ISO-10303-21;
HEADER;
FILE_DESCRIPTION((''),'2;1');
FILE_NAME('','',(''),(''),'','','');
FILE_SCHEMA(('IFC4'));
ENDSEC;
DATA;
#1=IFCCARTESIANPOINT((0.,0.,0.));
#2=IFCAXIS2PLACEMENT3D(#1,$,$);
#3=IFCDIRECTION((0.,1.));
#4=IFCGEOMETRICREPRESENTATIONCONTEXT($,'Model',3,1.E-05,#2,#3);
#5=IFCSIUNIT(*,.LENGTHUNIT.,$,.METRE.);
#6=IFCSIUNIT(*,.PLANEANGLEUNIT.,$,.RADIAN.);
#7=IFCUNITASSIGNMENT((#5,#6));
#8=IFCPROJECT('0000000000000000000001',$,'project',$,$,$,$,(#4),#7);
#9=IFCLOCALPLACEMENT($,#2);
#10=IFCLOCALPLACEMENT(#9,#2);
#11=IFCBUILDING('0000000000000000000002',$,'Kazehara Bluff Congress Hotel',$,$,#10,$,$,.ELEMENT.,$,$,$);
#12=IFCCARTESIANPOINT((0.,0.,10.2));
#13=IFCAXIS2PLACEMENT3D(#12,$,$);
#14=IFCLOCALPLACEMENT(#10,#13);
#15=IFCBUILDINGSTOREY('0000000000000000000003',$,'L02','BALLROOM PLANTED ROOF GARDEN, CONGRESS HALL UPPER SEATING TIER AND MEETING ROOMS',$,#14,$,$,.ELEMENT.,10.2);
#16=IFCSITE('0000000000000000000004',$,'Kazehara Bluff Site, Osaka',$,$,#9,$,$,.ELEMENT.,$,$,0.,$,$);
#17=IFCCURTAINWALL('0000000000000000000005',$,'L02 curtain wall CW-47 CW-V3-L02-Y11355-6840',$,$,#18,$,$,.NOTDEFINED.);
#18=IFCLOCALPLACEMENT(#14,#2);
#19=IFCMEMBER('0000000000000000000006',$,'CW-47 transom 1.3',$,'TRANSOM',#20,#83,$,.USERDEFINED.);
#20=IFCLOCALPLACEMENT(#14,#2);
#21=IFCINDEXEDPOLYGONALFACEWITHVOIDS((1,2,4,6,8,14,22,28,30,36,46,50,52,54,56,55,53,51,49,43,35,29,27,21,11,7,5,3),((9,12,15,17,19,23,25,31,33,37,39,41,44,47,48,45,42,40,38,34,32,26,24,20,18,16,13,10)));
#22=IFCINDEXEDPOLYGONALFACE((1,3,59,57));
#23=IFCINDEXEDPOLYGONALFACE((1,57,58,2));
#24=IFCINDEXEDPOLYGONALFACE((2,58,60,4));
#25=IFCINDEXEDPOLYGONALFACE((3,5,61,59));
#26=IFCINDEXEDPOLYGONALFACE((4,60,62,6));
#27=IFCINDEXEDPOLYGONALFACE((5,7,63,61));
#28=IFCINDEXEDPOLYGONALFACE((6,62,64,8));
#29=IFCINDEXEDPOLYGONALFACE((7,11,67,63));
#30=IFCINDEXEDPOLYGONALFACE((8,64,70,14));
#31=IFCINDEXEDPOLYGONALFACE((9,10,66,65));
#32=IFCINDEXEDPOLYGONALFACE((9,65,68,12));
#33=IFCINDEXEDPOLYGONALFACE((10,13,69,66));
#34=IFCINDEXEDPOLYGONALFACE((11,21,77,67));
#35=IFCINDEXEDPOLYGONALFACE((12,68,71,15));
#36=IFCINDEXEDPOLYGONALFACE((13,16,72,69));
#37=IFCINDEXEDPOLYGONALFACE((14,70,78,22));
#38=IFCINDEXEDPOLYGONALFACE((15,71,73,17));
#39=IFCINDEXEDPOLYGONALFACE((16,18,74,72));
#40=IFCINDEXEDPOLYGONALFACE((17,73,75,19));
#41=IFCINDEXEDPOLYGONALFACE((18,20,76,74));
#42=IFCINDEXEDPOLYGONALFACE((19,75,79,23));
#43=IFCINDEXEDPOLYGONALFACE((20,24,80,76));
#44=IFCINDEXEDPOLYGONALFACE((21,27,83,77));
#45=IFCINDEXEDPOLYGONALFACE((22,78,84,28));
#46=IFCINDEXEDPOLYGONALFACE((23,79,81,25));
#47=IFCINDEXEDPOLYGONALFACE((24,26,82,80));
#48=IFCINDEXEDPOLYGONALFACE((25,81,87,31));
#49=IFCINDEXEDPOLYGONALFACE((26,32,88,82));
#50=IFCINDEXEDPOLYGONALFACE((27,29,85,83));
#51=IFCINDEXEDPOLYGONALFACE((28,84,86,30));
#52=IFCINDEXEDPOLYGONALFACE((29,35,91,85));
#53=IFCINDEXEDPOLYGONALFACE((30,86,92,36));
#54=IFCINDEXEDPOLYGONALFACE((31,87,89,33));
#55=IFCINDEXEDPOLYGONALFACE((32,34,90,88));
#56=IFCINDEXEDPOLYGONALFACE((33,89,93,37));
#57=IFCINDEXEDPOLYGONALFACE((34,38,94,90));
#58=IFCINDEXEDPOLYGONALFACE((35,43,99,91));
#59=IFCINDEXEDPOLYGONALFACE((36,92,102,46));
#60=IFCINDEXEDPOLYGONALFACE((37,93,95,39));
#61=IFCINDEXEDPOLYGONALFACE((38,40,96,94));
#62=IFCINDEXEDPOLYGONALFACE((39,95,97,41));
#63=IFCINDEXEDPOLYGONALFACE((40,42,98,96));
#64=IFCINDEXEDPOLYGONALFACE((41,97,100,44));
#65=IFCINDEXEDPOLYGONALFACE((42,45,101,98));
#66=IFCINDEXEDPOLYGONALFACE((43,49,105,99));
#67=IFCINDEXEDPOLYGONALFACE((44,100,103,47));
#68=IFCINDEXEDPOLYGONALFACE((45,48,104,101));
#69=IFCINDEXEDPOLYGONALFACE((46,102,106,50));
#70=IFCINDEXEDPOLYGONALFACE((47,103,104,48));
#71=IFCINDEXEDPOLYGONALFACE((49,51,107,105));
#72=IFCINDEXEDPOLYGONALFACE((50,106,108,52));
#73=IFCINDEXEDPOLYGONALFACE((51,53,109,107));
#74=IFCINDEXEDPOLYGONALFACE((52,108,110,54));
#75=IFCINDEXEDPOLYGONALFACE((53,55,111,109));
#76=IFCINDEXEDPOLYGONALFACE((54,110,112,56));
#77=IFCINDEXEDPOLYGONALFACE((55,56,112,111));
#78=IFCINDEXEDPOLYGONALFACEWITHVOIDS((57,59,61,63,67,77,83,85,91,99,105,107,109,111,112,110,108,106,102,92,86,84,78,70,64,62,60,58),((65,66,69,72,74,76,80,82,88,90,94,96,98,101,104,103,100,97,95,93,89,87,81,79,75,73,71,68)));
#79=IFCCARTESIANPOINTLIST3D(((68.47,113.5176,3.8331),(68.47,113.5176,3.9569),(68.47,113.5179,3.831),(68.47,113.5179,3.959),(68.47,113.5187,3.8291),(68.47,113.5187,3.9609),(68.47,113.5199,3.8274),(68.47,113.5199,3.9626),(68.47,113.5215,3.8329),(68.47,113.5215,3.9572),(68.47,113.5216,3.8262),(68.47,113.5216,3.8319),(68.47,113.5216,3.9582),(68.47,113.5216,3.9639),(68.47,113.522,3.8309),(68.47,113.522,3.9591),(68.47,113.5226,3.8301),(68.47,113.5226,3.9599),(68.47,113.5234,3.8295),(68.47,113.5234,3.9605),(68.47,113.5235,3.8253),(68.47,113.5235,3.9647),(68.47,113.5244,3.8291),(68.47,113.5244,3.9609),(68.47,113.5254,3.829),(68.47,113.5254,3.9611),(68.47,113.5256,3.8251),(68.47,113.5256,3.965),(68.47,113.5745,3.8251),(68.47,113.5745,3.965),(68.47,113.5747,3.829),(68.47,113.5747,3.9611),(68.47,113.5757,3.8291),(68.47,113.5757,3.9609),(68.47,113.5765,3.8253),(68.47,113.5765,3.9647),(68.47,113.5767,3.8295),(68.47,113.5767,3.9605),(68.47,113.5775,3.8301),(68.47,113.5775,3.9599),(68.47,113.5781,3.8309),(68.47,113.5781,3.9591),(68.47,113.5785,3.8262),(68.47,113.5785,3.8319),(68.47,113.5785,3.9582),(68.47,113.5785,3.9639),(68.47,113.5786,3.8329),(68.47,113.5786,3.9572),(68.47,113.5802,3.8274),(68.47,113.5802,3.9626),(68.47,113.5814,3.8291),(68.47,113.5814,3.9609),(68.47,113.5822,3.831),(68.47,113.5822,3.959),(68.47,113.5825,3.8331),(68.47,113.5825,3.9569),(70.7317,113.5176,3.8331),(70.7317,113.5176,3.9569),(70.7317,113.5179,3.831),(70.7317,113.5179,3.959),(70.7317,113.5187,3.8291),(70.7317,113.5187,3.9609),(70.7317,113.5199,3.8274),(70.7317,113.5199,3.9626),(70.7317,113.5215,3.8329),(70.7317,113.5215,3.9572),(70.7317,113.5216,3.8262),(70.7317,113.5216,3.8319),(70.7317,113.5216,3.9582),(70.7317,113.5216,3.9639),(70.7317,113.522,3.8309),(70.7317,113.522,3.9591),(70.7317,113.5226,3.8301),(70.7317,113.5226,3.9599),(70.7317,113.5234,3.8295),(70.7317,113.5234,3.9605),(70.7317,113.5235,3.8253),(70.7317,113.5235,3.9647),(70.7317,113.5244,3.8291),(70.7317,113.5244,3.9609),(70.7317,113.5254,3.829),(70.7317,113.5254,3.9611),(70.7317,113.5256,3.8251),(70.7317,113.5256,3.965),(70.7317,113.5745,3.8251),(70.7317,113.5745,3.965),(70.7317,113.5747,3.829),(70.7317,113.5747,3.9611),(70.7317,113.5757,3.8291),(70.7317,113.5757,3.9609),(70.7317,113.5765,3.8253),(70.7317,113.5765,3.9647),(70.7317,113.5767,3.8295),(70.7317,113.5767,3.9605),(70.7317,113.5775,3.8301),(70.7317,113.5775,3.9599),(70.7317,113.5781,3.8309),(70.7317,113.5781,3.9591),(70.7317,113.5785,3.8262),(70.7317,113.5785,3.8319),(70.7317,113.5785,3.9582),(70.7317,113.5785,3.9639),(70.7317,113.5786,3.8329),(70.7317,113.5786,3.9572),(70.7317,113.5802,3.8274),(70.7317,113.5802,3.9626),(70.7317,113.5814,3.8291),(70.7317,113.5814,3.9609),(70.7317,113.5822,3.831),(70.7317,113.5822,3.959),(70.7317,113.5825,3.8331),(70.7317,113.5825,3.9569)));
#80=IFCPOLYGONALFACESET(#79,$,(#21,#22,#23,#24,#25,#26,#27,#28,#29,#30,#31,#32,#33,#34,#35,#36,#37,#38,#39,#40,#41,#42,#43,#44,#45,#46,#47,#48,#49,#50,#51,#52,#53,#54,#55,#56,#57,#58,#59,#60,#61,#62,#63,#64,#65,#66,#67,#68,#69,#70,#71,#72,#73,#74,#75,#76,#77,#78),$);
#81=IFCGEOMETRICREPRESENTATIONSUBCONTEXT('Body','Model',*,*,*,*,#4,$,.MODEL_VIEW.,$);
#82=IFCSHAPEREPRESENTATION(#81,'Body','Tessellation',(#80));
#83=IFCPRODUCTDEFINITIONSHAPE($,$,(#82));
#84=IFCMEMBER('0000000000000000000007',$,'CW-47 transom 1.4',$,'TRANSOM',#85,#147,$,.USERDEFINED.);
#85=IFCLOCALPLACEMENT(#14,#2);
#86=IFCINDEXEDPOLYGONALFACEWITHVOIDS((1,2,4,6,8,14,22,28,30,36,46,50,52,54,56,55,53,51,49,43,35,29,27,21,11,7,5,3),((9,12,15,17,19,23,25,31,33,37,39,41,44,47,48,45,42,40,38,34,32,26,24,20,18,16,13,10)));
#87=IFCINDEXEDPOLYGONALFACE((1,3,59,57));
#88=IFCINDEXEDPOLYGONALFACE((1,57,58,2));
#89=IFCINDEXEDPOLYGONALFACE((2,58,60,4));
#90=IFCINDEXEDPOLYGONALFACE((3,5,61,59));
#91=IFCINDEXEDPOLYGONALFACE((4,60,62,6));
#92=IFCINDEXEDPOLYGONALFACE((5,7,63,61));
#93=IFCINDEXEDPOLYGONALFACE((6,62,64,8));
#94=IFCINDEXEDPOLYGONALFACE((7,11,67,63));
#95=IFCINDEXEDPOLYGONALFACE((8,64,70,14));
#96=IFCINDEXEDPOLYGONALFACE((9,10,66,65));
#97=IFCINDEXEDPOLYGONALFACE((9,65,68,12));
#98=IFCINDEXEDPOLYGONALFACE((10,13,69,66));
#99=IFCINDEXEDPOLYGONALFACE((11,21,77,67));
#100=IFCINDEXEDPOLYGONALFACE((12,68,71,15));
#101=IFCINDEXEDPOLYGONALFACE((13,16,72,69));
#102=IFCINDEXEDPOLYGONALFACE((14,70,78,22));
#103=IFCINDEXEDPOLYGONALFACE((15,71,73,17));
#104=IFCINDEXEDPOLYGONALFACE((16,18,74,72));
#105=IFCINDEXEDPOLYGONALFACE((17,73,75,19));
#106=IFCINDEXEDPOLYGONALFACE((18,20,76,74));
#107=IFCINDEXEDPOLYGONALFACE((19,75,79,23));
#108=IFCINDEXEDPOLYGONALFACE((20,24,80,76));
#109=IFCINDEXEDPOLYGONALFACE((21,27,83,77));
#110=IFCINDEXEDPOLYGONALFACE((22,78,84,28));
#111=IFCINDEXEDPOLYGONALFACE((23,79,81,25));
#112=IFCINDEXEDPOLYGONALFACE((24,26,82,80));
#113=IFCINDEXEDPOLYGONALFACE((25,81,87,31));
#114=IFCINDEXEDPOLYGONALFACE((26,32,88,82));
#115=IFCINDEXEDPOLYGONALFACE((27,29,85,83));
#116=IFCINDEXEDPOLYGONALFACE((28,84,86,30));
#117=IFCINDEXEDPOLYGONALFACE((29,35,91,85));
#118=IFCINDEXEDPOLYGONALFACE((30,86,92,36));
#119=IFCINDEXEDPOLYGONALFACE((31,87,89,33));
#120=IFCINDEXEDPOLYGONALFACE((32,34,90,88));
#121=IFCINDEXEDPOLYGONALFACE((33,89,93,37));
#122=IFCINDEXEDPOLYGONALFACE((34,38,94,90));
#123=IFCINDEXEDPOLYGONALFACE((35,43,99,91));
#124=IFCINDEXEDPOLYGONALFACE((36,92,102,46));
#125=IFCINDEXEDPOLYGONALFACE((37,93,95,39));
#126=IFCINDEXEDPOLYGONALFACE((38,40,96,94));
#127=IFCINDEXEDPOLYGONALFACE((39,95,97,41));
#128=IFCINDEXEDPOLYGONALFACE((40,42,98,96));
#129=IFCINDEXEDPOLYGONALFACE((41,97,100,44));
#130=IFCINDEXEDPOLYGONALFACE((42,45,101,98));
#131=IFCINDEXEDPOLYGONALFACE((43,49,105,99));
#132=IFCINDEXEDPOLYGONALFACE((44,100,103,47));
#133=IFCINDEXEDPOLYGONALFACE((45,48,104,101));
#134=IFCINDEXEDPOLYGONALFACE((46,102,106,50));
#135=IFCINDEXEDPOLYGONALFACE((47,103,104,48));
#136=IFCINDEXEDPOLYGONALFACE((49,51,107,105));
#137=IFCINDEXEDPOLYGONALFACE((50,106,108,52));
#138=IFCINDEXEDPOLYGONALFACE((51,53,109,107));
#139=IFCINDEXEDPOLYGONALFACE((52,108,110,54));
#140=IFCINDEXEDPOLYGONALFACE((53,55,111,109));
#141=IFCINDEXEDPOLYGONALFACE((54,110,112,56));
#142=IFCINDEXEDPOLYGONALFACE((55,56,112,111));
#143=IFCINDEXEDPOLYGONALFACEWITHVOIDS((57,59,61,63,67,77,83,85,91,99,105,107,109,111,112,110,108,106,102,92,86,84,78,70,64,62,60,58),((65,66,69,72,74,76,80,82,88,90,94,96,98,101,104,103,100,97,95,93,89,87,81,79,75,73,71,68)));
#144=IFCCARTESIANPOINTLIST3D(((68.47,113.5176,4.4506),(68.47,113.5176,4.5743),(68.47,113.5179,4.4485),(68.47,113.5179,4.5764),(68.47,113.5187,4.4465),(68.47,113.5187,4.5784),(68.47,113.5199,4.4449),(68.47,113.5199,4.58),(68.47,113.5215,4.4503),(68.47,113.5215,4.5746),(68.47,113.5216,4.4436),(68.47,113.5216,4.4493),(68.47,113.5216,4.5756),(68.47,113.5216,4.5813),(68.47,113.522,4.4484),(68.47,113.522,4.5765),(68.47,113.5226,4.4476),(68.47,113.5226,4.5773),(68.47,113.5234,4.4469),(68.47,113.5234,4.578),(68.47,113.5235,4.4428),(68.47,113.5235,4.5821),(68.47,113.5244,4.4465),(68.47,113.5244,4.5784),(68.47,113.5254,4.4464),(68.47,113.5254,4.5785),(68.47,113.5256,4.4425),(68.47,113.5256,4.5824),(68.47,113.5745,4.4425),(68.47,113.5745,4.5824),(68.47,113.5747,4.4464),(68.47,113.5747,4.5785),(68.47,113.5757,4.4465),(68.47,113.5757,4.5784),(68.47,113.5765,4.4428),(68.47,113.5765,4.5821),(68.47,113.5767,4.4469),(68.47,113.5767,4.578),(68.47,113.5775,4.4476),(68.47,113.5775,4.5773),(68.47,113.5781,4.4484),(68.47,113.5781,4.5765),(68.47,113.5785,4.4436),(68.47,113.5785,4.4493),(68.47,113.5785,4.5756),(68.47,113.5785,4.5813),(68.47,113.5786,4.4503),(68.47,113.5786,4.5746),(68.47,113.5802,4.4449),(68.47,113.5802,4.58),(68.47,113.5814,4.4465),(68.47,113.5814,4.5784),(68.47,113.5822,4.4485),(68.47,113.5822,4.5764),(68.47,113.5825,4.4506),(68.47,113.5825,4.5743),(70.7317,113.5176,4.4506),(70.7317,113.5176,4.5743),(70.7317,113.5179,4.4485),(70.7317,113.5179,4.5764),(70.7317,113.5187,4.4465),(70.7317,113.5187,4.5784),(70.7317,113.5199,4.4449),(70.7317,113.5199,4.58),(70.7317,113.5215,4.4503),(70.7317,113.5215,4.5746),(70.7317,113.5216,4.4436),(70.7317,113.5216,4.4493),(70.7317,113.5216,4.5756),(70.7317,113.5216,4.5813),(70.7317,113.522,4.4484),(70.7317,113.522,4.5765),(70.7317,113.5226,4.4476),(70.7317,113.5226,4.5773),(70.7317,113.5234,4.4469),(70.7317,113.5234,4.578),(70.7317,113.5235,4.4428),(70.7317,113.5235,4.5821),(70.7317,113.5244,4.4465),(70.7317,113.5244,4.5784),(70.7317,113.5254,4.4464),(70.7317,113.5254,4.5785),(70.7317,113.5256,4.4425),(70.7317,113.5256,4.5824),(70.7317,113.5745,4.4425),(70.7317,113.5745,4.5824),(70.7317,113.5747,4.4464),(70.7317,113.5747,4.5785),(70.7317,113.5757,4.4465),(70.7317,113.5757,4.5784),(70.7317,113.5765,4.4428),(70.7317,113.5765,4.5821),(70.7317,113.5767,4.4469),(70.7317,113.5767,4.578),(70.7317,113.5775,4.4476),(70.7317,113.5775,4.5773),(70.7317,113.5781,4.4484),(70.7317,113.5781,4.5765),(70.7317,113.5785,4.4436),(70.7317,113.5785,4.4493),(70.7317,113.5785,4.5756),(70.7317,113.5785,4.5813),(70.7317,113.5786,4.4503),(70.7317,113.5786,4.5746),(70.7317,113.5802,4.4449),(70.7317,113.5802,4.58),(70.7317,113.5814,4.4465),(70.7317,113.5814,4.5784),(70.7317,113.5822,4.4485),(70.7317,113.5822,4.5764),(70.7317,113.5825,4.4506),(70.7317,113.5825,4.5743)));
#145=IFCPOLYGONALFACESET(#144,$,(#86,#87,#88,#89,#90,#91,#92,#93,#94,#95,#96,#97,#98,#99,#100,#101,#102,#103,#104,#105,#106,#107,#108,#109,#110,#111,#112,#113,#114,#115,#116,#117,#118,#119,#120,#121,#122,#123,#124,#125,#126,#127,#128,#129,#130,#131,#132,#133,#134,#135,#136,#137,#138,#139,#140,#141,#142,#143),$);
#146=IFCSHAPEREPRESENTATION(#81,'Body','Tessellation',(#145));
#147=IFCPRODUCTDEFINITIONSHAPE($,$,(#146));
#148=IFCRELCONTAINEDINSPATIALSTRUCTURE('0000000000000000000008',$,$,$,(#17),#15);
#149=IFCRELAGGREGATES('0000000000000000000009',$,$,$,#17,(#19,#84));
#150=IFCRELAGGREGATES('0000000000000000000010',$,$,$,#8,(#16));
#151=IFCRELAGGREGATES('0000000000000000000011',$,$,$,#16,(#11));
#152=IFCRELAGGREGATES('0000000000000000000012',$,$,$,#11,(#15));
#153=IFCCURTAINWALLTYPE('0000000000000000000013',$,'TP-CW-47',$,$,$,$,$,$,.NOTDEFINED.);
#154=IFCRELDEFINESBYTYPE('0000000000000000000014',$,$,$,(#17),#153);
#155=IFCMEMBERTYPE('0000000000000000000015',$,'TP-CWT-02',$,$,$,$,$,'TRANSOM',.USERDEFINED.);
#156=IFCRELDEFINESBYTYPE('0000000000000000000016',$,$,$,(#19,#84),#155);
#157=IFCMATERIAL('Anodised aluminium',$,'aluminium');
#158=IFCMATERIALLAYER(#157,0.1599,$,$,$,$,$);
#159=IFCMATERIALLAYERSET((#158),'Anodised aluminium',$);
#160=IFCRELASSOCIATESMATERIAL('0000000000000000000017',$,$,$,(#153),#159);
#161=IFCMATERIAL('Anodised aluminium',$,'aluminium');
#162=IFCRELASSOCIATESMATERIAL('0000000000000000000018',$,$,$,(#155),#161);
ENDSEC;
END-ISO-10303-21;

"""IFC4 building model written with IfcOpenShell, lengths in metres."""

from ifc_helpers import new_model, si_unit, direction, frame, origin, origin_2d, place, context, subcontext, project, spatial, hollow_rectangle, extrude, material, layer, layer_set, material_profile, profile_set, type_object, element, aggregate, save


model = new_model("IFC4")

# Units and contexts
model_context = context("Model", 3, precision=1e-05, world=origin(), true_north=direction((0.0, 1.0)))
body_context = subcontext(model_context, "Body", "Model", "MODEL_VIEW")
ifc_project = project(units=[si_unit("LENGTHUNIT", "METRE"), si_unit("PLANEANGLEUNIT", "RADIAN")], contexts=[model_context])

# Site, building, storey
site_placement = place(None, origin())
site = spatial("IfcSite", under=ifc_project, at=site_placement, Name="Kazehara Bluff Site, Osaka", CompositionType="ELEMENT", RefElevation=0.0)
building_placement = place(site_placement, origin())
building = spatial("IfcBuilding", under=site, at=building_placement, Name="Kazehara Bluff Congress Hotel", CompositionType="ELEMENT")
storey_placement = place(building_placement, frame((0.0, 0.0, 10.2)))
storey = spatial("IfcBuildingStorey", under=building, at=storey_placement, Name="L02", Description="BALLROOM PLANTED ROOF GARDEN, CONGRESS HALL UPPER SEATING TIER AND MEETING ROOMS", CompositionType="ELEMENT", Elevation=10.2)

# Curtain wall, members
ifc_material_1 = material(Name="Anodised aluminium", Category="aluminium")
ifc_layer_1 = layer(ifc_material_1, 0.1599)
ifc_layer_set_1 = layer_set([ifc_layer_1], Name="Anodised aluminium")
curtain_wall_type = type_object("IfcCurtainWallType", Name="TP-CW-47", PredefinedType="NOTDEFINED", material=ifc_layer_set_1)
curtain_wall_placement = place(storey_placement, origin())
curtain_wall = element("IfcCurtainWall", 1, at=curtain_wall_placement, inside=storey, type_object=curtain_wall_type, Name="L02 curtain wall CW-47 CW-V3-L02-Y11355-6840", PredefinedType="NOTDEFINED")
ifc_material_2 = material(Name="Anodised aluminium", Category="aluminium")
ifc_material_profile_1 = material_profile(ifc_material_2, hollow_rectangle(XDim=0.0649, YDim=0.1399, WallThickness=0.0039, InnerFilletRadius=0.0039, OuterFilletRadius=0.0081, at=origin_2d()))
ifc_profile_set_1 = profile_set([ifc_material_profile_1], Name="Anodised aluminium")
member_type_1 = type_object("IfcMemberType", Name="TP-CWT-02", ElementType="TRANSOM", PredefinedType="USERDEFINED", material=ifc_profile_set_1)
member_1_placement = place(storey_placement, frame((68.47, 113.55, 3.895), z_axis=(1.0, 0.0, 0.0), x_axis=(0.0, 1.0, 0.0)))
member_1 = element("IfcMember", 2, at=member_1_placement, type_object=member_type_1, Name="CW-47 transom 1.3", ObjectType="TRANSOM", PredefinedType="USERDEFINED", context=body_context, shape_type="SweptSolid", body=[
    extrude(hollow_rectangle(XDim=0.0649, YDim=0.1399, WallThickness=0.0039, InnerFilletRadius=0.0039, OuterFilletRadius=0.0081, at=origin_2d()), origin(), (0.0, 0.0, 1.0), 2.2617),
])
member_2_placement = place(storey_placement, frame((68.47, 113.55, 4.5125), z_axis=(1.0, 0.0, 0.0), x_axis=(0.0, 1.0, 0.0)))
member_2 = element("IfcMember", 3, at=member_2_placement, type_object=member_type_1, Name="CW-47 transom 1.4", ObjectType="TRANSOM", PredefinedType="USERDEFINED", context=body_context, shape_type="SweptSolid", body=[
    extrude(hollow_rectangle(XDim=0.0649, YDim=0.1399, WallThickness=0.0039, InnerFilletRadius=0.0039, OuterFilletRadius=0.0081, at=origin_2d()), origin(), (0.0, 0.0, 1.0), 2.2617),
])
aggregate(curtain_wall, [member_1, member_2])

save(model, "model.ifc")
